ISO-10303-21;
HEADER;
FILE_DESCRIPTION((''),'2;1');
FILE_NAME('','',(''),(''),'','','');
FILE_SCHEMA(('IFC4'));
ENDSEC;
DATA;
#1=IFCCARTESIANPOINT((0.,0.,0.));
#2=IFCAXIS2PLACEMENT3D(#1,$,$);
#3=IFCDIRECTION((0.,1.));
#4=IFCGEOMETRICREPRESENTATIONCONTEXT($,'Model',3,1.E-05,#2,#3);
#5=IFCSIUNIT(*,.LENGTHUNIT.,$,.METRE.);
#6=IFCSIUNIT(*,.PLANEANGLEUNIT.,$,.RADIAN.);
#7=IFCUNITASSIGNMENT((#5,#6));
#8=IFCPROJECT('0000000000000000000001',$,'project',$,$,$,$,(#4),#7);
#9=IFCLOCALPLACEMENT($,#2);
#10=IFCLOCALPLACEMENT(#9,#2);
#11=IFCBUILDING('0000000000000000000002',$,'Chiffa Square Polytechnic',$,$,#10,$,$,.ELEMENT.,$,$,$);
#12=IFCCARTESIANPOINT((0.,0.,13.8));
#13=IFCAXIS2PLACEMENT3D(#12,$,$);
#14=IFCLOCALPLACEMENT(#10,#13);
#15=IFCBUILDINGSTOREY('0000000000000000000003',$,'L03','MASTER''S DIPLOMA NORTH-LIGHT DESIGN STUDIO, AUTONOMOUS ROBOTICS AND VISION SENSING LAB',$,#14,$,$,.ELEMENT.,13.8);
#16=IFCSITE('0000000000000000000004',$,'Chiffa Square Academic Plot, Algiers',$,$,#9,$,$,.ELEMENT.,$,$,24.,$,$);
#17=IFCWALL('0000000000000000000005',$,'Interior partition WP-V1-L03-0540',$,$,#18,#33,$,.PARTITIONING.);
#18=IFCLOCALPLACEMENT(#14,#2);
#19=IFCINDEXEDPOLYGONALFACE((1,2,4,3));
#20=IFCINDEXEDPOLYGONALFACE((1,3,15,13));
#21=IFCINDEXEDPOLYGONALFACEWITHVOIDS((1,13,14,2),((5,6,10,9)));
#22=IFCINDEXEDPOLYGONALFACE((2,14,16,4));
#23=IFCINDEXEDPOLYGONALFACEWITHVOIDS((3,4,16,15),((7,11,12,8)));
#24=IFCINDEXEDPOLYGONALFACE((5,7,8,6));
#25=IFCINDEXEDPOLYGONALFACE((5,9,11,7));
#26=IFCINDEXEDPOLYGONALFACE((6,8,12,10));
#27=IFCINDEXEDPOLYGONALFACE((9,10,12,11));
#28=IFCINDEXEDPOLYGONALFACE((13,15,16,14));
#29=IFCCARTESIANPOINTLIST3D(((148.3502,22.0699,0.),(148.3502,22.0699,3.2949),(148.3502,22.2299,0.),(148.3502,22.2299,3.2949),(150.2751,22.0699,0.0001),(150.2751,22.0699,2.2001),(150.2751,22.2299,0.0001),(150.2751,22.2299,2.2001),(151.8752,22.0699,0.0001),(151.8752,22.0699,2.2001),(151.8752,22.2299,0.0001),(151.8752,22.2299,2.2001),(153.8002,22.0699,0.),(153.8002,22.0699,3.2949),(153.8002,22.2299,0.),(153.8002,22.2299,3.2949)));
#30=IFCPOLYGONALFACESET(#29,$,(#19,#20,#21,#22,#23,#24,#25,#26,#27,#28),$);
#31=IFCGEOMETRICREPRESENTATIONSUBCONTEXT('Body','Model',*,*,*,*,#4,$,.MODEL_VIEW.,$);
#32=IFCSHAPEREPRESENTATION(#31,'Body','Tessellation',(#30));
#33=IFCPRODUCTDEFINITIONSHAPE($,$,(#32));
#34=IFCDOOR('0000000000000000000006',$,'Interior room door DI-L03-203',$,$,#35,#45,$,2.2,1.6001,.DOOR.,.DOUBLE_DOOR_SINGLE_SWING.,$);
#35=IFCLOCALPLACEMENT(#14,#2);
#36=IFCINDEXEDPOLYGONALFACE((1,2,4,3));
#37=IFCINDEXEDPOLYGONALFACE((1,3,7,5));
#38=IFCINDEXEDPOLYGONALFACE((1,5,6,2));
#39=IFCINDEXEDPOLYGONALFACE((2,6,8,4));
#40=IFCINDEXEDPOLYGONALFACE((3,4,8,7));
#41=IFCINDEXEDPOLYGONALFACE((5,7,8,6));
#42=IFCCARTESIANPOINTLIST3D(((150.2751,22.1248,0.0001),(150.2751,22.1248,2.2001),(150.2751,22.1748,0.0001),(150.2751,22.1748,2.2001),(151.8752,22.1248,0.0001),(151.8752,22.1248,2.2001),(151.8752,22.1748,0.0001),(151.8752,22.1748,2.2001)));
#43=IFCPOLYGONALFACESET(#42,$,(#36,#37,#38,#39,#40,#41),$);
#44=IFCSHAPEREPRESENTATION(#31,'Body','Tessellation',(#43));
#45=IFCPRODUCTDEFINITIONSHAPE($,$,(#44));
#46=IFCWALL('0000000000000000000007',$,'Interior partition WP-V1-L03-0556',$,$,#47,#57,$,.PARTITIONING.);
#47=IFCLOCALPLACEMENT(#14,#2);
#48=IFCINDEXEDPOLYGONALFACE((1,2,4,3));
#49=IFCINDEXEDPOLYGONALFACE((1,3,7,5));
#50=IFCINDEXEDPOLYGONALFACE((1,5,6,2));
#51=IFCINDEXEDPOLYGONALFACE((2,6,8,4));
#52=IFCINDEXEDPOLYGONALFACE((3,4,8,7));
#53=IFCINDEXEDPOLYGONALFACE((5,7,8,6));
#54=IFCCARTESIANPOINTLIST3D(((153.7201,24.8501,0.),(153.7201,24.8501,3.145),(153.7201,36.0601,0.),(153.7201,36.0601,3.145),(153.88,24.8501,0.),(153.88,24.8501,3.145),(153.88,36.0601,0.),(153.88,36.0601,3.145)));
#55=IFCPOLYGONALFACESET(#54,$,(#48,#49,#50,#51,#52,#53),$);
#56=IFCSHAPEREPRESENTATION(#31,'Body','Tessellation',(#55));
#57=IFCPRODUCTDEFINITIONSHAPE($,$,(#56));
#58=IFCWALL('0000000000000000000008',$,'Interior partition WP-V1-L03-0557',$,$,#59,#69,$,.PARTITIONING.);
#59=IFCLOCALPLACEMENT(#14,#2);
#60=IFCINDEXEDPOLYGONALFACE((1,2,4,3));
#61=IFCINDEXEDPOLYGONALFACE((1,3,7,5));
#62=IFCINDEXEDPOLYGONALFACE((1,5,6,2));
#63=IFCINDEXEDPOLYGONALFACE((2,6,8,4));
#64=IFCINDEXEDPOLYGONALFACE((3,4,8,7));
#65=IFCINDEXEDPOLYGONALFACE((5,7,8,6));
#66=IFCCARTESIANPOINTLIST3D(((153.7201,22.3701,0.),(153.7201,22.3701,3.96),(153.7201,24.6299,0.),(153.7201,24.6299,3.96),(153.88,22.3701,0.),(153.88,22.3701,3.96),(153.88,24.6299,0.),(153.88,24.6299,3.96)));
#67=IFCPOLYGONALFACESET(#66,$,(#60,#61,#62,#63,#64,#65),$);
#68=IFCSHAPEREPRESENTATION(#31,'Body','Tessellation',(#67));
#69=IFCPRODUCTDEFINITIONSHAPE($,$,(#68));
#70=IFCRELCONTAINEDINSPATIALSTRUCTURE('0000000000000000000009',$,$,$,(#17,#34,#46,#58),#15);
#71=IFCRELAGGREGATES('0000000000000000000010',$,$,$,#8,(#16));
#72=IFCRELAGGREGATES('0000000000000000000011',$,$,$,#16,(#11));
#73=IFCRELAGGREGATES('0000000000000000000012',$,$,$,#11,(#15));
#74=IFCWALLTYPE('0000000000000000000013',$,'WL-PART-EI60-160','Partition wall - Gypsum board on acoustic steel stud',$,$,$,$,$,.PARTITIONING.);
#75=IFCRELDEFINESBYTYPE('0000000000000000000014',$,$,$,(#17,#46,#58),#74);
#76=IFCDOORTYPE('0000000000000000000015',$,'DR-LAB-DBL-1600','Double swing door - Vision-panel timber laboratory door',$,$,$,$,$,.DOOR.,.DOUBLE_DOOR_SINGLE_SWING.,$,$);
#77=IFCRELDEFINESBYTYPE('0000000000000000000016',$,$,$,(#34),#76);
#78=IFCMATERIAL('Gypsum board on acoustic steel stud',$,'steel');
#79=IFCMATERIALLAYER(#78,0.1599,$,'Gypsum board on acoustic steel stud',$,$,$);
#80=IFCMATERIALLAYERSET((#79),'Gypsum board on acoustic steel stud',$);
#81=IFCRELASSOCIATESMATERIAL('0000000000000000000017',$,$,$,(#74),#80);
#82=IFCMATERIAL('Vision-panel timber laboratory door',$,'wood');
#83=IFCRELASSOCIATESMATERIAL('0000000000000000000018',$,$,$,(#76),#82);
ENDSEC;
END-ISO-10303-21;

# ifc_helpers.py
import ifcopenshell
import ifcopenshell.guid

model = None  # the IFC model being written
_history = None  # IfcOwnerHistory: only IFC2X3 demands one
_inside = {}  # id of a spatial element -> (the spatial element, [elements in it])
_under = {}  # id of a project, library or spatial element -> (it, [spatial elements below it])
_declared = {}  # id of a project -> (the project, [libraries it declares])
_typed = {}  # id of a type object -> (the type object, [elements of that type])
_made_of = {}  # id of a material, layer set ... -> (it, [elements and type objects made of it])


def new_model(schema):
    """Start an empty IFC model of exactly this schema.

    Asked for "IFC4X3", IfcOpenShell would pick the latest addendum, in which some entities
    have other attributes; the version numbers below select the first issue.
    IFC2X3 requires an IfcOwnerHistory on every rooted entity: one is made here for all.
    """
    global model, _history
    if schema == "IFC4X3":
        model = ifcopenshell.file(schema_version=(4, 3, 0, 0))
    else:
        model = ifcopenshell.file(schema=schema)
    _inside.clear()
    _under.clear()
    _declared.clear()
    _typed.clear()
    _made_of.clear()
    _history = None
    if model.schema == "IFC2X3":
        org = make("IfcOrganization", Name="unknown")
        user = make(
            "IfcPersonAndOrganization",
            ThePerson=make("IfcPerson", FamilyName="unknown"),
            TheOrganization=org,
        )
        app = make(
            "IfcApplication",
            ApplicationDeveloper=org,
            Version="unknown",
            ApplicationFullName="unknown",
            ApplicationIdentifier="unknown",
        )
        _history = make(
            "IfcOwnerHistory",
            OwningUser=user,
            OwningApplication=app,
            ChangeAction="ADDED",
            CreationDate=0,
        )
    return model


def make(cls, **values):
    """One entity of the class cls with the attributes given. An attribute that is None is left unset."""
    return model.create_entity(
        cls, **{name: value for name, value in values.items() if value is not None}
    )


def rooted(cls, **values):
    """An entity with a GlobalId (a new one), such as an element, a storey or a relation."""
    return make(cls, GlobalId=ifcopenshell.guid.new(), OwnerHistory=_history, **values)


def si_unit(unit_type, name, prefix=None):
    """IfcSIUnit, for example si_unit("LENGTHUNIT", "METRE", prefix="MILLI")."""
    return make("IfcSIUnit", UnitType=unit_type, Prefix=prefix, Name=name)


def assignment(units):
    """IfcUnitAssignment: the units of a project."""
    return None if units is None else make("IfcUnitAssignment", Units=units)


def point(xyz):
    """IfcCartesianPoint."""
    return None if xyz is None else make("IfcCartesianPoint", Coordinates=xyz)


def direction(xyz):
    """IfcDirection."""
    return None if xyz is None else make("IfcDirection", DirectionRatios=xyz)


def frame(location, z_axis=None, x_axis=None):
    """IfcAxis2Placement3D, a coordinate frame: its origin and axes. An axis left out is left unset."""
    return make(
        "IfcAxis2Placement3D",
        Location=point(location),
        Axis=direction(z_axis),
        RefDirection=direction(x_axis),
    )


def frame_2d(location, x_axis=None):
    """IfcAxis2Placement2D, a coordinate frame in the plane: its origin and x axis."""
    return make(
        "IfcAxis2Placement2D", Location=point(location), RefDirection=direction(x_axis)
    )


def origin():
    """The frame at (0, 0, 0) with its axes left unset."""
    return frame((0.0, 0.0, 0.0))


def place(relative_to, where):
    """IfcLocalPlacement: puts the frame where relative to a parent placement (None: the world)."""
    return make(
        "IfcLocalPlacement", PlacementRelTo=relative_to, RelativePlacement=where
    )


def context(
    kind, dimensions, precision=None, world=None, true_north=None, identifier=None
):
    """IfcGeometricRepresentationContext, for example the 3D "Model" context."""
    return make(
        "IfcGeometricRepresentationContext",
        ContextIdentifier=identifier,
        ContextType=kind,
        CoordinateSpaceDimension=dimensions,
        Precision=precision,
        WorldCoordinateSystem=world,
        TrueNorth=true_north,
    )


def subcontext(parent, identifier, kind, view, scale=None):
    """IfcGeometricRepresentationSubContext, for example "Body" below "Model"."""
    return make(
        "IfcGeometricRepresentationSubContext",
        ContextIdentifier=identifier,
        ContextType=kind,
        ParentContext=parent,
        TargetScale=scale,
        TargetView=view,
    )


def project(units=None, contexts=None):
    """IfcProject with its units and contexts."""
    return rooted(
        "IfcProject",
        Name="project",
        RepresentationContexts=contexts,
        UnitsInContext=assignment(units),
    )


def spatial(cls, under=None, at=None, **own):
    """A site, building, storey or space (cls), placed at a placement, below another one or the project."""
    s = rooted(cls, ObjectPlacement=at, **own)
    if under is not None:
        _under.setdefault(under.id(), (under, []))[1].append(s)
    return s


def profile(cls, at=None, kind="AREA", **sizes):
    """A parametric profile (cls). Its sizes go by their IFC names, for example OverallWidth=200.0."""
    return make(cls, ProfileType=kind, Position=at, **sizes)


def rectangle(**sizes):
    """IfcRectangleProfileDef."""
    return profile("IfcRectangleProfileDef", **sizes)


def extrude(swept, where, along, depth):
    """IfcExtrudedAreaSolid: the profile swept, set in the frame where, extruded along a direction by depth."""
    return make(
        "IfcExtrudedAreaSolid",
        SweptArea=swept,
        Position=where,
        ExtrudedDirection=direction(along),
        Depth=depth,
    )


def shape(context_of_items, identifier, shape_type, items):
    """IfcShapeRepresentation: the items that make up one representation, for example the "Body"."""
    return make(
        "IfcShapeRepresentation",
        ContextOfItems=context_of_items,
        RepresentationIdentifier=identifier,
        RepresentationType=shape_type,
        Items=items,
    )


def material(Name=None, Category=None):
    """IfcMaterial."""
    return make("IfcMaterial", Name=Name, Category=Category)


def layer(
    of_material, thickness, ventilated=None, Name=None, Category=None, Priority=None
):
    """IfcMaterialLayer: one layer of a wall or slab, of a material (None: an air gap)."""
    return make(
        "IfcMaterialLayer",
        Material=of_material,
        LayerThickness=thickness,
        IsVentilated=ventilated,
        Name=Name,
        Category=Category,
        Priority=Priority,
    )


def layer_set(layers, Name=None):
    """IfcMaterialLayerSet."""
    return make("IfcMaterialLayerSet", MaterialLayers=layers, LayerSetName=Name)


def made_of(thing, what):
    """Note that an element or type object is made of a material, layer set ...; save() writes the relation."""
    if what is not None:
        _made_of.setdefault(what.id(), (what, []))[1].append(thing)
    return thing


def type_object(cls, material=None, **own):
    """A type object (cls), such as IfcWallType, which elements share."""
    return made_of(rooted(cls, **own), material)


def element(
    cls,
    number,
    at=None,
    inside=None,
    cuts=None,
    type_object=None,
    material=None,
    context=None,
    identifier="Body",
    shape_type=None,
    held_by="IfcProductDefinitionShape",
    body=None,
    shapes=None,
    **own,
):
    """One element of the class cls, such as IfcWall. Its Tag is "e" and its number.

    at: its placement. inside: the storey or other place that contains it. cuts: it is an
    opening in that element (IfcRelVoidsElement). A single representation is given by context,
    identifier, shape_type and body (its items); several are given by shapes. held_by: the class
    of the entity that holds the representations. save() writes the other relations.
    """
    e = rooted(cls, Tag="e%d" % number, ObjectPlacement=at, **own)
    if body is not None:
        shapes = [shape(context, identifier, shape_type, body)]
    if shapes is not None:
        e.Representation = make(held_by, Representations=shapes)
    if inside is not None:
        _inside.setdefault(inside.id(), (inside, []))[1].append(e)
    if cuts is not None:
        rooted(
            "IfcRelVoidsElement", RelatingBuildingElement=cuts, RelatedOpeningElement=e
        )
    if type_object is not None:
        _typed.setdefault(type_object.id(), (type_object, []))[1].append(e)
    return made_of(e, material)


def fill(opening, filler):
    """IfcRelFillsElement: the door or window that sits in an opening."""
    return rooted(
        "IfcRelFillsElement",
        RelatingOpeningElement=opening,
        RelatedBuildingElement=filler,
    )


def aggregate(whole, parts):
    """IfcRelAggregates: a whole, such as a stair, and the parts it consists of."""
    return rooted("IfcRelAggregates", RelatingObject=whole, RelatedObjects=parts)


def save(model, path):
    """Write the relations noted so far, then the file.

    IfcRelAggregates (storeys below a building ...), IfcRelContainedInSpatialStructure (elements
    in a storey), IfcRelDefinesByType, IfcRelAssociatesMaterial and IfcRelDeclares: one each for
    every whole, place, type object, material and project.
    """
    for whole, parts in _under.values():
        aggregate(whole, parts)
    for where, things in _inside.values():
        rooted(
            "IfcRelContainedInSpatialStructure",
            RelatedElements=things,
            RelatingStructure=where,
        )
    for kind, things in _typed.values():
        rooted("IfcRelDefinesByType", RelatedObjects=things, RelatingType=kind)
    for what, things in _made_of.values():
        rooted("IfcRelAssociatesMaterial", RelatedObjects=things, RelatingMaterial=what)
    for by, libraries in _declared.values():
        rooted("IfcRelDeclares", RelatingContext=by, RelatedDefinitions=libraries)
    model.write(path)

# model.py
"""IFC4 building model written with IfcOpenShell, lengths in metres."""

from ifc_helpers import new_model, si_unit, direction, frame, frame_2d, origin, place, context, subcontext, project, spatial, rectangle, extrude, material, layer, layer_set, type_object, element, fill, save


model = new_model("IFC4")

# Units and contexts
model_context = context("Model", 3, precision=1e-05, world=origin(), true_north=direction((0.0, 1.0)))
body_context = subcontext(model_context, "Body", "Model", "MODEL_VIEW")
ifc_project = project(units=[si_unit("LENGTHUNIT", "METRE"), si_unit("PLANEANGLEUNIT", "RADIAN")], contexts=[model_context])

# Site, building, storey
site_placement = place(None, origin())
site = spatial("IfcSite", under=ifc_project, at=site_placement, Name="Chiffa Square Academic Plot, Algiers", CompositionType="ELEMENT", RefElevation=24.0)
building_placement = place(site_placement, origin())
building = spatial("IfcBuilding", under=site, at=building_placement, Name="Chiffa Square Polytechnic", CompositionType="ELEMENT")
storey_placement = place(building_placement, frame((0.0, 0.0, 13.8)))
storey = spatial("IfcBuildingStorey", under=building, at=storey_placement, Name="L03", Description="MASTER'S DIPLOMA NORTH-LIGHT DESIGN STUDIO, AUTONOMOUS ROBOTICS AND VISION SENSING LAB", CompositionType="ELEMENT", Elevation=13.8)

# Wall, opening, door
ifc_material_1 = material(Name="Gypsum board on acoustic steel stud", Category="steel")
ifc_layer_1 = layer(ifc_material_1, 0.1599, Name="Gypsum board on acoustic steel stud")
ifc_layer_set_1 = layer_set([ifc_layer_1], Name="Gypsum board on acoustic steel stud")
wall_type_1 = type_object("IfcWallType", Name="WL-PART-EI60-160", Description="Partition wall - Gypsum board on acoustic steel stud", PredefinedType="PARTITIONING", material=ifc_layer_set_1)
wall_1_placement = place(storey_placement, frame((148.3501, 22.1499, 0.0), z_axis=(0.0, 0.0, 1.0), x_axis=(1.0, 0.0, 0.0)))
wall_1 = element("IfcWall", 1, at=wall_1_placement, inside=storey, type_object=wall_type_1, Name="Interior partition WP-V1-L03-0540", PredefinedType="PARTITIONING", context=body_context, shape_type="SweptSolid", body=[
    extrude(rectangle(XDim=5.45, YDim=0.1599, at=frame_2d((2.7251, 0.0))), origin(), (0.0, 0.0, 1.0), 3.2949),
])
opening_1_placement = place(wall_1_placement, frame((1.925, 0.0, 0.0)))
opening_1 = element("IfcOpeningElement", 2, at=opening_1_placement, cuts=wall_1, PredefinedType="OPENING", context=body_context, shape_type="SweptSolid", body=[
    extrude(rectangle(XDim=1.6001, YDim=2.2, at=frame_2d((0.8, 1.1001))), frame((0.0, 0.0898, 0.0), z_axis=(0.0, -1.0, 0.0), x_axis=(1.0, 0.0, 0.0)), (0.0, 0.0, 1.0), 0.1799),
])
ifc_material_2 = material(Name="Vision-panel timber laboratory door", Category="wood")
door_type_1 = type_object("IfcDoorType", Name="DR-LAB-DBL-1600", Description="Double swing door - Vision-panel timber laboratory door", OperationType="DOUBLE_DOOR_SINGLE_SWING", PredefinedType="DOOR", material=ifc_material_2)
door_1_placement = place(opening_1_placement, origin())
door_1 = element("IfcDoor", 3, at=door_1_placement, inside=storey, type_object=door_type_1, Name="Interior room door DI-L03-203", OperationType="DOUBLE_DOOR_SINGLE_SWING", OverallHeight=2.2, OverallWidth=1.6001, PredefinedType="DOOR", context=body_context, shape_type="SweptSolid", body=[
    extrude(rectangle(XDim=1.6001, YDim=2.2, at=frame_2d((0.8, 1.1001))), frame((0.0, 0.0249, 0.0), z_axis=(0.0, -1.0, 0.0), x_axis=(1.0, 0.0, 0.0)), (0.0, 0.0, 1.0), 0.05),
])
fill(opening_1, door_1)

# Walls
wall_2_placement = place(storey_placement, frame((153.8, 24.8501, 0.0), z_axis=(0.0, 0.0, 1.0), x_axis=(0.0, 1.0, 0.0)))
element("IfcWall", 4, at=wall_2_placement, inside=storey, type_object=wall_type_1, Name="Interior partition WP-V1-L03-0556", PredefinedType="PARTITIONING", context=body_context, shape_type="SweptSolid", body=[
    extrude(rectangle(XDim=11.21, YDim=0.1599, at=frame_2d((5.605, 0.0))), origin(), (0.0, 0.0, 1.0), 3.145),
])
wall_3_placement = place(storey_placement, frame((153.8, 22.3701, 0.0), z_axis=(0.0, 0.0, 1.0), x_axis=(0.0, 1.0, 0.0)))
element("IfcWall", 5, at=wall_3_placement, inside=storey, type_object=wall_type_1, Name="Interior partition WP-V1-L03-0557", PredefinedType="PARTITIONING", context=body_context, shape_type="SweptSolid", body=[
    extrude(rectangle(XDim=2.2598, YDim=0.1599, at=frame_2d((1.1299, 0.0))), origin(), (0.0, 0.0, 1.0), 3.96),
])

save(model, "model.ifc")
